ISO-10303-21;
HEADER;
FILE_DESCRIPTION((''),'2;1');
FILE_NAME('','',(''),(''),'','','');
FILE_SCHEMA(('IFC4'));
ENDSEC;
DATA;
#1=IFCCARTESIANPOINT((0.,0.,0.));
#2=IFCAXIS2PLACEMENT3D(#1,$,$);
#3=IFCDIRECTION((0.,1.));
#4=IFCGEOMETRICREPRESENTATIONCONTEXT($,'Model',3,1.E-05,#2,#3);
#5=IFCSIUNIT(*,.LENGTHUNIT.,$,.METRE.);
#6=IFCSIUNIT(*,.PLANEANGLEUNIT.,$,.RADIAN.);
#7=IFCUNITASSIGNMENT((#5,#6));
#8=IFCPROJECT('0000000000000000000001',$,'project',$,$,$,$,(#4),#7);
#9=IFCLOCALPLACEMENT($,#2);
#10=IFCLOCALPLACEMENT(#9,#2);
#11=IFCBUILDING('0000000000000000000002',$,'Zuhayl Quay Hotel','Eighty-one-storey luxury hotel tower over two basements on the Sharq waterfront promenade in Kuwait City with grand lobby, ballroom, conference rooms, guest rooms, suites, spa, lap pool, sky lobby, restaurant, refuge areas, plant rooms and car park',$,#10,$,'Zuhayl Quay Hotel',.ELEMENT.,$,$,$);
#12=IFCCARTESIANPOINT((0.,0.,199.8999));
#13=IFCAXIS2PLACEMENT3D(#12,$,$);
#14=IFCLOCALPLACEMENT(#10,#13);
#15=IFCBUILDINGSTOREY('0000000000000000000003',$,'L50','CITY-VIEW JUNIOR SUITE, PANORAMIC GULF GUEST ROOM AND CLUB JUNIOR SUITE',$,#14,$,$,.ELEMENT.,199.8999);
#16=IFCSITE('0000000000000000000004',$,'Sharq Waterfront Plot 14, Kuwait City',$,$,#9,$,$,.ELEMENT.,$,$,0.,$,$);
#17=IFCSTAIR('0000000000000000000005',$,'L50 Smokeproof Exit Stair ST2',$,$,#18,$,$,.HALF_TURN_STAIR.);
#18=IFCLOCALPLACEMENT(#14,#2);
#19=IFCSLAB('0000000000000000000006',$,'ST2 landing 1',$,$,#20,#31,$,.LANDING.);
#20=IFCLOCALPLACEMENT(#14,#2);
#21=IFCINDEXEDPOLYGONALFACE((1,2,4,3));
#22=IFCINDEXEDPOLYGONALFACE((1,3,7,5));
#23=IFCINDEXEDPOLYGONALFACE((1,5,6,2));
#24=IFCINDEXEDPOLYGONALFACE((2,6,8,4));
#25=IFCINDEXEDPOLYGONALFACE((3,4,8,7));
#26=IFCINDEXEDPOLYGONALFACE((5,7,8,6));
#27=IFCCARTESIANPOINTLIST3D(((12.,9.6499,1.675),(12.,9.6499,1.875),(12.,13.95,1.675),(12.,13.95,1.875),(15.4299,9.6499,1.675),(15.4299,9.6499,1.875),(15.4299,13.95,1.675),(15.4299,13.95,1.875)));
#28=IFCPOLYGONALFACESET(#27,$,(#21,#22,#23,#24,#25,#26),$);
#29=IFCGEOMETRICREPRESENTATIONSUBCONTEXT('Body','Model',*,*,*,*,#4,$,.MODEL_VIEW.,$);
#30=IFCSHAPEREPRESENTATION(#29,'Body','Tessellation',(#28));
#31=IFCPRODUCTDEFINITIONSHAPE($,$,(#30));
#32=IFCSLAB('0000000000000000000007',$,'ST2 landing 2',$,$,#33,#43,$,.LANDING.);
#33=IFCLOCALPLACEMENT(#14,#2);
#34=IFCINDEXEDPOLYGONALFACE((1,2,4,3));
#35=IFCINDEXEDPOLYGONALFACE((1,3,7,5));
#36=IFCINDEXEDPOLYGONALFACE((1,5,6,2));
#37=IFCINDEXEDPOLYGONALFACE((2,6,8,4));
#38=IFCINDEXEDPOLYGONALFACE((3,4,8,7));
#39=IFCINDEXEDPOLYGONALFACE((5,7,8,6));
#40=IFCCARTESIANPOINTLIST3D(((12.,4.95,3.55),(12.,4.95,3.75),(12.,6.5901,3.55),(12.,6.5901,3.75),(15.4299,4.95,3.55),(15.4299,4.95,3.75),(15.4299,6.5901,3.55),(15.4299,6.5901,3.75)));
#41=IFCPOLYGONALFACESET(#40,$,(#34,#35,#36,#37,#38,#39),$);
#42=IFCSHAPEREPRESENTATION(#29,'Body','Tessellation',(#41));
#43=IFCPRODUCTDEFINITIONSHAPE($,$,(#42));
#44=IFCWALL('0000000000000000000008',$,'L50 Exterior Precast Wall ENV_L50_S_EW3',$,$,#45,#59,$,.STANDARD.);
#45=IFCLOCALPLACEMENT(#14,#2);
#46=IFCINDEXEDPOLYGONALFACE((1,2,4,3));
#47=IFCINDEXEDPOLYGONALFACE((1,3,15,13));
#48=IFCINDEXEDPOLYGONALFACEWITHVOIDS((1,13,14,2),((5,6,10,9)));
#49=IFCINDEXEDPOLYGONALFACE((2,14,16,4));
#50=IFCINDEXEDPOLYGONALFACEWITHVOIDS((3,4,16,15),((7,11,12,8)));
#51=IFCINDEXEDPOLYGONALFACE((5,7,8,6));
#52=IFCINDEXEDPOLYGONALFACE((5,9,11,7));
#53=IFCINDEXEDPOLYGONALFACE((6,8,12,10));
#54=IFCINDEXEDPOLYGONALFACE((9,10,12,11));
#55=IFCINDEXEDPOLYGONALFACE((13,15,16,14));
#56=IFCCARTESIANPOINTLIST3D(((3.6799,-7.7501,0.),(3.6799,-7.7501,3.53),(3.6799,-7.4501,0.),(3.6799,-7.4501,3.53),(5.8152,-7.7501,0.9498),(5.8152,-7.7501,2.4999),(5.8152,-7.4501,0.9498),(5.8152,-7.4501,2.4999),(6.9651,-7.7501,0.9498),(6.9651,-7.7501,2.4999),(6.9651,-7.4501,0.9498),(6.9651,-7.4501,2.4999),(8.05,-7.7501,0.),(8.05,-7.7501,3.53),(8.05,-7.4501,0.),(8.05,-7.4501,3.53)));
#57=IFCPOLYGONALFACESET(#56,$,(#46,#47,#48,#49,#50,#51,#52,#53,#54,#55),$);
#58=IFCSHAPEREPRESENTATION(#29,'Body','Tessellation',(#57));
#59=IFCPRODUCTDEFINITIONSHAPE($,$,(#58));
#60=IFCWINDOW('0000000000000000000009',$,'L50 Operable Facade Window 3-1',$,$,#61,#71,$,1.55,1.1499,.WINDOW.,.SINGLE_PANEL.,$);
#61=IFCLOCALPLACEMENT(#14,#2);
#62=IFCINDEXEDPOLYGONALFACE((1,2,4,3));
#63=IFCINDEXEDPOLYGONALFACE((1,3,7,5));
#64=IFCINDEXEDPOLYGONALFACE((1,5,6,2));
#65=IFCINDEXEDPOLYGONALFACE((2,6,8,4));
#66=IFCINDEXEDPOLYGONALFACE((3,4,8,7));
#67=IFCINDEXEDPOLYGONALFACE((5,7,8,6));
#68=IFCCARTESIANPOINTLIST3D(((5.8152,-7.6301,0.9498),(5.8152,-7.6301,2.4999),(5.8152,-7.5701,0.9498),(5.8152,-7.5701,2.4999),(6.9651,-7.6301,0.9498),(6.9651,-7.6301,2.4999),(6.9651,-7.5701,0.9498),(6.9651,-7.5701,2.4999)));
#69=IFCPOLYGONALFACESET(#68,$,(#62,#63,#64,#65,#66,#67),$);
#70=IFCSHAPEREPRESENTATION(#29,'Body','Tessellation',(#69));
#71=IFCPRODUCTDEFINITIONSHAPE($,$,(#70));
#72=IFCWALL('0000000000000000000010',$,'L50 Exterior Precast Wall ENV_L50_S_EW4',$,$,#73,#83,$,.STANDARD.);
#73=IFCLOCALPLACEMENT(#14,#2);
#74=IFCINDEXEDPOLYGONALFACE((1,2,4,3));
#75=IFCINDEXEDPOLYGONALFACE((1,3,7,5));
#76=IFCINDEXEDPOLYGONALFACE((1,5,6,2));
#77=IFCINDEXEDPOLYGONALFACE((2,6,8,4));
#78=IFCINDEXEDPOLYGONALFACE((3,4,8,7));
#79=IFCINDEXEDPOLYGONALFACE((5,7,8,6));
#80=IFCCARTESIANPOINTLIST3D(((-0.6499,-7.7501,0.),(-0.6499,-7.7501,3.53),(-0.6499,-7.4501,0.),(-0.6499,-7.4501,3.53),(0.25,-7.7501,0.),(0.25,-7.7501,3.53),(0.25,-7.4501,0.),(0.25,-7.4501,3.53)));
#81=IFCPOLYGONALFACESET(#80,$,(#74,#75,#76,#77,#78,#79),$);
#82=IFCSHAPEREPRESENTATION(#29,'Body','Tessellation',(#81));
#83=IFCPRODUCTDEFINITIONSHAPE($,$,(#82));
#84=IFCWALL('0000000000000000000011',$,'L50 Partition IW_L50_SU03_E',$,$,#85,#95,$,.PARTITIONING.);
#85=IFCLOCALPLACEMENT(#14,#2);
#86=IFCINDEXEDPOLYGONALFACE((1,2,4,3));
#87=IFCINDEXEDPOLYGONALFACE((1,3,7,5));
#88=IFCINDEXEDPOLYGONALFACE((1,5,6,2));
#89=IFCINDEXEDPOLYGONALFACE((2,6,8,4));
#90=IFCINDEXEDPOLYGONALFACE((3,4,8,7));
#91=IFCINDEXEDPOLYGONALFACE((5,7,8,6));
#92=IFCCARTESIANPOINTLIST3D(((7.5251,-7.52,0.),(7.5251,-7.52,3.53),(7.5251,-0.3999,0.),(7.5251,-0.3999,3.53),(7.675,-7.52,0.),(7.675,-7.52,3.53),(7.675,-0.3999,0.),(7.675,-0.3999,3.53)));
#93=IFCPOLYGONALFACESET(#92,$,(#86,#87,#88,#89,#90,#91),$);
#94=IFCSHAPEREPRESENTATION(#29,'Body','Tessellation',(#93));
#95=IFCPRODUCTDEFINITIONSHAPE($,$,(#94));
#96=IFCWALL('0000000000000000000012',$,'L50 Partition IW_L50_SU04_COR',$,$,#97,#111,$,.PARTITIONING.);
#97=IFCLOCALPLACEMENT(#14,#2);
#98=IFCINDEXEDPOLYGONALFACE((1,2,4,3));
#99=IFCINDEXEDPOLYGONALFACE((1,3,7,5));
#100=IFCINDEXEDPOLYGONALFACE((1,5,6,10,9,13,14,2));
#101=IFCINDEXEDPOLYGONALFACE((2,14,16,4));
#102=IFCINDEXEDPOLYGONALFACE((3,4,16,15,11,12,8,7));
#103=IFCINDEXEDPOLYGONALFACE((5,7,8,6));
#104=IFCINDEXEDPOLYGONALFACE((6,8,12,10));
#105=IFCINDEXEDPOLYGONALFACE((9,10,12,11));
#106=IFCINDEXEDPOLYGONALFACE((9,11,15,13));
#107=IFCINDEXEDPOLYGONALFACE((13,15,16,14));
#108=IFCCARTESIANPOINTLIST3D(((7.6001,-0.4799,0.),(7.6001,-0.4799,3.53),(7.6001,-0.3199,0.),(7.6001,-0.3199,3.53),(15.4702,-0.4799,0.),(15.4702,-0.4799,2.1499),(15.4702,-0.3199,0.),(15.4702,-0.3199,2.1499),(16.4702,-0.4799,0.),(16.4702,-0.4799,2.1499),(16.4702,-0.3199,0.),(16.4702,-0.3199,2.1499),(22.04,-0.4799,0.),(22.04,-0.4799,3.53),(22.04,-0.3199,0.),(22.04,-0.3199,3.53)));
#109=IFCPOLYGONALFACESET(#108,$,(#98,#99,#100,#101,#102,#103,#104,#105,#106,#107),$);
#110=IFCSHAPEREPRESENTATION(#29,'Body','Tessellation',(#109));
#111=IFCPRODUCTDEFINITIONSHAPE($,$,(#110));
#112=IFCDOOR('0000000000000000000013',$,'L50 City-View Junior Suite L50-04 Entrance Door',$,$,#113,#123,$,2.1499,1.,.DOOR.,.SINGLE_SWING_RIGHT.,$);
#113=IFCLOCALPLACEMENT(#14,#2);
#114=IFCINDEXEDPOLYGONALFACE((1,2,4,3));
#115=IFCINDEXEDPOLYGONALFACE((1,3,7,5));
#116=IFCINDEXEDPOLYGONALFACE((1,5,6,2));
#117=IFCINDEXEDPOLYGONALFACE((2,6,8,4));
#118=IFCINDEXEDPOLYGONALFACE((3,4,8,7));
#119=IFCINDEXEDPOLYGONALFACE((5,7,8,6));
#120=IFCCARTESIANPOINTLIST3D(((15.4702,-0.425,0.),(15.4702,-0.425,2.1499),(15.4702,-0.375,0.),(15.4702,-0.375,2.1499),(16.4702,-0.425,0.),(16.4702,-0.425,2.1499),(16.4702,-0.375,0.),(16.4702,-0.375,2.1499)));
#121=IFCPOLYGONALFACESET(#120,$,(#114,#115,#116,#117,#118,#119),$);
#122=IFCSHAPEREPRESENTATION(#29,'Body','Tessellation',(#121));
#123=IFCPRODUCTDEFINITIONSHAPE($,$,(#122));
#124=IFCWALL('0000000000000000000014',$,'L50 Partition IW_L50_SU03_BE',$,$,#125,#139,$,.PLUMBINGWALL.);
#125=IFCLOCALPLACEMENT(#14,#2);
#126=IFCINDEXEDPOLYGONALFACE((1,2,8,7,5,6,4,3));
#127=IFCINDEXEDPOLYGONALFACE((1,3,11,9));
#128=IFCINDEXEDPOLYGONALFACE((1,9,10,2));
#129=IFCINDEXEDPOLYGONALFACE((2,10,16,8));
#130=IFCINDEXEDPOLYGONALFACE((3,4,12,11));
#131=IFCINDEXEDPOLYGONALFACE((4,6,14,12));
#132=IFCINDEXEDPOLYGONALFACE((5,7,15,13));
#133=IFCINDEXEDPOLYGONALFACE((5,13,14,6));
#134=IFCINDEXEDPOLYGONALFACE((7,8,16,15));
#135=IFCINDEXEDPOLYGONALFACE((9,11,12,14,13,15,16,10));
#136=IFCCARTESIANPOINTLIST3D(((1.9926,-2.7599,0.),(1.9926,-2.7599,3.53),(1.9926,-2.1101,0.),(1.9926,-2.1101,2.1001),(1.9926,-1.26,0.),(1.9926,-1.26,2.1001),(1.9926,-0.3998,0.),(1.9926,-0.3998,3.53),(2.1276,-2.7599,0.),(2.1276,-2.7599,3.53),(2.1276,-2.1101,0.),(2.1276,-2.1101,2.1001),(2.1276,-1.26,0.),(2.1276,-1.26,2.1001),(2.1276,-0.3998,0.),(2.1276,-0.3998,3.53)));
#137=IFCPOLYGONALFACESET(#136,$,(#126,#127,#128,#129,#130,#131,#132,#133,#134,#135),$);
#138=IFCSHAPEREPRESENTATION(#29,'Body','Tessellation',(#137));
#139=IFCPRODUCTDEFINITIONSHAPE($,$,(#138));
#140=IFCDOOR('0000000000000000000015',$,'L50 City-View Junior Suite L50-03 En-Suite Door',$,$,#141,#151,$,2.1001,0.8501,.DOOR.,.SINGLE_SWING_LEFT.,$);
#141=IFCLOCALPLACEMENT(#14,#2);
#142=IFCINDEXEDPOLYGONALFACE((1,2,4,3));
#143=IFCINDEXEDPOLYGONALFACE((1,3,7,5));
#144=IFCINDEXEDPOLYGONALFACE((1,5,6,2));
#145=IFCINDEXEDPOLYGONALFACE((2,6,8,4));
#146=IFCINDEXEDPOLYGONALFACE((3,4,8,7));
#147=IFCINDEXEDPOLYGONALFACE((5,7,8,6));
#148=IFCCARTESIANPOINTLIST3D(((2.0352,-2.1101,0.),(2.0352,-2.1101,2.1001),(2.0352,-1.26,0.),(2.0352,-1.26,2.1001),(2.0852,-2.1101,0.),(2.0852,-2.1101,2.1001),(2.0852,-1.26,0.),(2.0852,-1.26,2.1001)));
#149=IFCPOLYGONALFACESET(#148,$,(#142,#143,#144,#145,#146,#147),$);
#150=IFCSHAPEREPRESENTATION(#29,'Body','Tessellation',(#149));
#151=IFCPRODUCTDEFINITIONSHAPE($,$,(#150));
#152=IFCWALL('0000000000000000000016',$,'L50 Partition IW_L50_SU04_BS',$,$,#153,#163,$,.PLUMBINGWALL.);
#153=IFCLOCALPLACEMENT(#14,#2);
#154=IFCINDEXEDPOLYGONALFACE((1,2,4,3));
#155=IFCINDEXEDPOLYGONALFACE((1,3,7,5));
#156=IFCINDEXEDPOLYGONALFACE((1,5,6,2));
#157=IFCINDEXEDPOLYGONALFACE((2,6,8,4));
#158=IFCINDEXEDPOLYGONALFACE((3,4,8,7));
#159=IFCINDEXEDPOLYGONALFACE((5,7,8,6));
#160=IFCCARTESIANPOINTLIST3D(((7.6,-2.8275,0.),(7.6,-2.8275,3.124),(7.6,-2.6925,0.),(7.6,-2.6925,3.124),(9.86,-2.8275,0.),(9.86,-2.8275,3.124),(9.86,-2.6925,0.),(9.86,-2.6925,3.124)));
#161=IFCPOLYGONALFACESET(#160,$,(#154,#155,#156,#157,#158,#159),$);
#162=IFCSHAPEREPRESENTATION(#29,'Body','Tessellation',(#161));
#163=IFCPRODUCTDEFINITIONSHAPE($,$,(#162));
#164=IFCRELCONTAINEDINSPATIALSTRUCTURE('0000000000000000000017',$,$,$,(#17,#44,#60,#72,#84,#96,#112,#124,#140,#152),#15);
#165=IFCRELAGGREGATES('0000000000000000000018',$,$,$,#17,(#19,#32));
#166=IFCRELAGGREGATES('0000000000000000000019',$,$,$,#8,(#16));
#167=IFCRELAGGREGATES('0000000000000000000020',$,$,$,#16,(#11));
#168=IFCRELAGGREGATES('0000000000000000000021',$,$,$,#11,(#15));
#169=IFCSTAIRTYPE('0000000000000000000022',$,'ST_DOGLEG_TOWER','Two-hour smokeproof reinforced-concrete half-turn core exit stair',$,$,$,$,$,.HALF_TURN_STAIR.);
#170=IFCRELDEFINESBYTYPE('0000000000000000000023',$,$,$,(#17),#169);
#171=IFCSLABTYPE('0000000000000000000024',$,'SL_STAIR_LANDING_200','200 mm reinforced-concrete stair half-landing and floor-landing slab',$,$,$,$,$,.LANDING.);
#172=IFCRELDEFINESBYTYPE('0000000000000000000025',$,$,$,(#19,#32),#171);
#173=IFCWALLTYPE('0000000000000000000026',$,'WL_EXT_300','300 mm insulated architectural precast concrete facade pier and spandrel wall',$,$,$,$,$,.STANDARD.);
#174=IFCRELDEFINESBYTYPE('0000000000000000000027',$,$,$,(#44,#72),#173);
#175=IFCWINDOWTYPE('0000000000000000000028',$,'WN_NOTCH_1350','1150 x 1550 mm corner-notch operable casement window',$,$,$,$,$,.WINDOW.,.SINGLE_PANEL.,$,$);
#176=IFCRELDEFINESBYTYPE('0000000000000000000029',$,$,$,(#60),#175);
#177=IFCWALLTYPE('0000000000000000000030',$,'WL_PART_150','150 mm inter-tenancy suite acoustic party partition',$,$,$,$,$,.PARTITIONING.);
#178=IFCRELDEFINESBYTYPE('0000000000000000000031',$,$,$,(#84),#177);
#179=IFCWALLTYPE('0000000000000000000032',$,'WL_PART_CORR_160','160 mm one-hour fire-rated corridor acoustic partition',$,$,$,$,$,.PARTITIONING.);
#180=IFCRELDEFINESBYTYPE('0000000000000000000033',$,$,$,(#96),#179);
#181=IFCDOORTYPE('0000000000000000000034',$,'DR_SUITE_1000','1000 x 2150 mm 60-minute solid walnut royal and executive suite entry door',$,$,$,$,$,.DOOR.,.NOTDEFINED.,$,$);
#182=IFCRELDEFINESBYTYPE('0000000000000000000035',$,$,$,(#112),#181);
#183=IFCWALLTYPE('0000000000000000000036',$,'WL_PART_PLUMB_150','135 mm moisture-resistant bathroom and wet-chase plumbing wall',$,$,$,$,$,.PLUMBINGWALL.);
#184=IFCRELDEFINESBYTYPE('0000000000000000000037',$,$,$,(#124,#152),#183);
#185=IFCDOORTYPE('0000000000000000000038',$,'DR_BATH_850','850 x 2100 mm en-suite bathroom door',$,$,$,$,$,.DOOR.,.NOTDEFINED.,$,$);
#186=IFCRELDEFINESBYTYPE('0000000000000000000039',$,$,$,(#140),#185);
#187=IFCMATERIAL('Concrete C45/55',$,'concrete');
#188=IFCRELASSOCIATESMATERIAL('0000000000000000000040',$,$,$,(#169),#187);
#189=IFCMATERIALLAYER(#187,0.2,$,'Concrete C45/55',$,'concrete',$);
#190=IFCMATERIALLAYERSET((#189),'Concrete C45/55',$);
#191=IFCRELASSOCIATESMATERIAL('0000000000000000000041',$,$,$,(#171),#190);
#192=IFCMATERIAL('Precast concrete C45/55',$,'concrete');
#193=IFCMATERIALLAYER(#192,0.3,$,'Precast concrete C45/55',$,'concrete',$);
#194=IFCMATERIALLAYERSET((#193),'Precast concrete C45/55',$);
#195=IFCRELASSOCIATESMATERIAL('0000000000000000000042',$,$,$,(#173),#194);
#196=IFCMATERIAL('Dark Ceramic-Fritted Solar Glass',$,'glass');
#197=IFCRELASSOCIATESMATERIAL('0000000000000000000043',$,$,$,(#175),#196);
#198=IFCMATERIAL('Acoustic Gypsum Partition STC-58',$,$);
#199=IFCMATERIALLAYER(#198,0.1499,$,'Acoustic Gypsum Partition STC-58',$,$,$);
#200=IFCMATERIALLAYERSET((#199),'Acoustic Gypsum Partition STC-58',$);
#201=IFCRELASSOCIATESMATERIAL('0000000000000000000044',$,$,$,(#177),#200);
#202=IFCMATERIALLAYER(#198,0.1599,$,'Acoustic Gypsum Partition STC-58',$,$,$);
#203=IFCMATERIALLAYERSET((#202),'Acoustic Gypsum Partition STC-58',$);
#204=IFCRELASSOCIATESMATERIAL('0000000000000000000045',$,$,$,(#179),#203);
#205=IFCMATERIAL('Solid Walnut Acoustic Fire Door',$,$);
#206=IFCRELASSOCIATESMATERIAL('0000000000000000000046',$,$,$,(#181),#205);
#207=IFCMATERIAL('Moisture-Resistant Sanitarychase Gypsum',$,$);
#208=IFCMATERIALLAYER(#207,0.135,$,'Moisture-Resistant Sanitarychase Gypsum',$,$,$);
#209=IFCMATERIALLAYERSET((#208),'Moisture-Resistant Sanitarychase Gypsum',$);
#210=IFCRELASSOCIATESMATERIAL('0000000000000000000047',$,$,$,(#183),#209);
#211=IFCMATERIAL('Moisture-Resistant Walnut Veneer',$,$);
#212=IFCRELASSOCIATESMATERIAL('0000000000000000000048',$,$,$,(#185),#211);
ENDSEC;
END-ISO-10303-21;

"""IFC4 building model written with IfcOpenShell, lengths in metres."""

from ifc_helpers import new_model, si_unit, direction, frame, frame_2d, origin, place, context, subcontext, project, spatial, polyline, rectangle, outline, extrude, material, layer, layer_set, type_object, element, fill, aggregate, save


model = new_model("IFC4")

# Units and contexts
model_context = context("Model", 3, precision=1e-05, world=origin(), true_north=direction((0.0, 1.0)))
body_context = subcontext(model_context, "Body", "Model", "MODEL_VIEW")
ifc_project = project(units=[si_unit("LENGTHUNIT", "METRE"), si_unit("PLANEANGLEUNIT", "RADIAN")], contexts=[model_context])

# Site, building, storey
site_placement = place(None, origin())
site = spatial("IfcSite", under=ifc_project, at=site_placement, Name="Sharq Waterfront Plot 14, Kuwait City", CompositionType="ELEMENT", RefElevation=0.0)
building_placement = place(site_placement, origin())
building = spatial("IfcBuilding", under=site, at=building_placement, Name="Zuhayl Quay Hotel", Description="Eighty-one-storey luxury hotel tower over two basements on the Sharq waterfront promenade in Kuwait City with grand lobby, ballroom, conference rooms, guest rooms, suites, spa, lap pool, sky lobby, restaurant, refuge areas, plant rooms and car park", LongName="Zuhayl Quay Hotel", CompositionType="ELEMENT")
storey_placement = place(building_placement, frame((0.0, 0.0, 199.8999)))
storey = spatial("IfcBuildingStorey", under=building, at=storey_placement, Name="L50", Description="CITY-VIEW JUNIOR SUITE, PANORAMIC GULF GUEST ROOM AND CLUB JUNIOR SUITE", CompositionType="ELEMENT", Elevation=199.8999)

# Shared definitions
ifc_material_1 = material(Name="Dark Ceramic-Fritted Solar Glass", Category="glass")

# Stair, slabs
ifc_material_2 = material(Name="Concrete C45/55", Category="concrete")
stair_type = type_object("IfcStairType", Name="ST_DOGLEG_TOWER", Description="Two-hour smokeproof reinforced-concrete half-turn core exit stair", PredefinedType="HALF_TURN_STAIR", material=ifc_material_2)
stair_placement = place(storey_placement, origin())
stair = element("IfcStair", 1, at=stair_placement, inside=storey, type_object=stair_type, Name="L50 Smokeproof Exit Stair ST2", PredefinedType="HALF_TURN_STAIR")
ifc_layer_1 = layer(ifc_material_2, 0.2, Name="Concrete C45/55", Category="concrete")
ifc_layer_set_1 = layer_set([ifc_layer_1], Name="Concrete C45/55")
slab_type = type_object("IfcSlabType", Name="SL_STAIR_LANDING_200", Description="200 mm reinforced-concrete stair half-landing and floor-landing slab", PredefinedType="LANDING", material=ifc_layer_set_1)
slab_1_placement = place(storey_placement, frame((0.0, 0.0, 1.675)))
slab_1 = element("IfcSlab", 2, at=slab_1_placement, type_object=slab_type, Name="ST2 landing 1", PredefinedType="LANDING", context=body_context, shape_type="SweptSolid", body=[
    extrude(outline(polyline([(15.4299, 9.6499), (15.4299, 13.95), (12.0, 13.95), (12.0, 9.6499), (15.4299, 9.6499)])), origin(), (0.0, 0.0, 1.0), 0.2),
])
slab_2_placement = place(storey_placement, frame((0.0, 0.0, 3.55)))
slab_2 = element("IfcSlab", 3, at=slab_2_placement, type_object=slab_type, Name="ST2 landing 2", PredefinedType="LANDING", context=body_context, shape_type="SweptSolid", body=[
    extrude(outline(polyline([(15.4299, 4.95), (15.4299, 6.5901), (12.0, 6.5901), (12.0, 4.95), (15.4299, 4.95)])), origin(), (0.0, 0.0, 1.0), 0.2),
])
aggregate(stair, [slab_1, slab_2])

# Wall, opening, window
ifc_material_3 = material(Name="Precast concrete C45/55", Category="concrete")
ifc_layer_2 = layer(ifc_material_3, 0.3, Name="Precast concrete C45/55", Category="concrete")
ifc_layer_set_2 = layer_set([ifc_layer_2], Name="Precast concrete C45/55")
wall_type_1 = type_object("IfcWallType", Name="WL_EXT_300", Description="300 mm insulated architectural precast concrete facade pier and spandrel wall", PredefinedType="STANDARD", material=ifc_layer_set_2)
wall_1_placement = place(storey_placement, frame((8.05, -7.6001, 0.0), z_axis=(0.0, 0.0, 1.0), x_axis=(-1.0, 0.0, 0.0)))
wall_1 = element("IfcWall", 4, at=wall_1_placement, inside=storey, type_object=wall_type_1, Name="L50 Exterior Precast Wall ENV_L50_S_EW3", PredefinedType="STANDARD", context=body_context, shape_type="SweptSolid", body=[
    extrude(rectangle(XDim=4.3701, YDim=0.3, at=frame_2d((2.1851, 0.0))), origin(), (0.0, 0.0, 1.0), 3.53),
])
opening_1_placement = place(wall_1_placement, frame((1.085, 0.0, 0.95)))
opening_1 = element("IfcOpeningElement", 5, at=opening_1_placement, cuts=wall_1, PredefinedType="OPENING", context=body_context, shape_type="SweptSolid", body=[
    extrude(rectangle(XDim=1.1499, YDim=1.55, at=frame_2d((0.575, 0.7749))), frame((0.0, 0.1599, 0.0), z_axis=(0.0, -1.0, 0.0), x_axis=(1.0, 0.0, 0.0)), (0.0, 0.0, 1.0), 0.3201),
])
window_type = type_object("IfcWindowType", Name="WN_NOTCH_1350", Description="1150 x 1550 mm corner-notch operable casement window", PartitioningType="SINGLE_PANEL", PredefinedType="WINDOW", material=ifc_material_1)
window_placement = place(opening_1_placement, origin())
window = element("IfcWindow", 6, at=window_placement, inside=storey, type_object=window_type, Name="L50 Operable Facade Window 3-1", OverallHeight=1.55, OverallWidth=1.1499, PartitioningType="SINGLE_PANEL", PredefinedType="WINDOW", context=body_context, shape_type="SweptSolid", body=[
    extrude(rectangle(XDim=1.1499, YDim=1.55, at=frame_2d((0.575, 0.7749))), frame((0.0, 0.03, 0.0), z_axis=(0.0, -1.0, 0.0), x_axis=(1.0, 0.0, 0.0)), (0.0, 0.0, 1.0), 0.0601),
])
fill(opening_1, window)

# Walls
wall_2_placement = place(storey_placement, frame((0.25, -7.6001, 0.0), z_axis=(0.0, 0.0, 1.0), x_axis=(-1.0, 0.0, 0.0)))
element("IfcWall", 7, at=wall_2_placement, inside=storey, type_object=wall_type_1, Name="L50 Exterior Precast Wall ENV_L50_S_EW4", PredefinedType="STANDARD", context=body_context, shape_type="SweptSolid", body=[
    extrude(rectangle(XDim=0.8999, YDim=0.3, at=frame_2d((0.45, 0.0))), origin(), (0.0, 0.0, 1.0), 3.53),
])
ifc_material_4 = material(Name="Acoustic Gypsum Partition STC-58")
ifc_layer_3 = layer(ifc_material_4, 0.1499, Name="Acoustic Gypsum Partition STC-58")
ifc_layer_set_3 = layer_set([ifc_layer_3], Name="Acoustic Gypsum Partition STC-58")
wall_type_2 = type_object("IfcWallType", Name="WL_PART_150", Description="150 mm inter-tenancy suite acoustic party partition", PredefinedType="PARTITIONING", material=ifc_layer_set_3)
wall_3_placement = place(storey_placement, frame((7.6001, -7.52, 0.0), z_axis=(0.0, 0.0, 1.0), x_axis=(0.0, 1.0, 0.0)))
element("IfcWall", 8, at=wall_3_placement, inside=storey, type_object=wall_type_2, Name="L50 Partition IW_L50_SU03_E", PredefinedType="PARTITIONING", context=body_context, shape_type="SweptSolid", body=[
    extrude(rectangle(XDim=7.1201, YDim=0.1499, at=frame_2d((3.5601, 0.0))), origin(), (0.0, 0.0, 1.0), 3.53),
])

# Walls, openings, doors
ifc_layer_4 = layer(ifc_material_4, 0.1599, Name="Acoustic Gypsum Partition STC-58")
ifc_layer_set_4 = layer_set([ifc_layer_4], Name="Acoustic Gypsum Partition STC-58")
wall_type_3 = type_object("IfcWallType", Name="WL_PART_CORR_160", Description="160 mm one-hour fire-rated corridor acoustic partition", PredefinedType="PARTITIONING", material=ifc_layer_set_4)
wall_4_placement = place(storey_placement, frame((7.6001, -0.3999, 0.0), z_axis=(0.0, 0.0, 1.0), x_axis=(1.0, 0.0, 0.0)))
wall_4 = element("IfcWall", 9, at=wall_4_placement, inside=storey, type_object=wall_type_3, Name="L50 Partition IW_L50_SU04_COR", PredefinedType="PARTITIONING", context=body_context, shape_type="SweptSolid", body=[
    extrude(rectangle(XDim=14.4399, YDim=0.1599, at=frame_2d((7.22, 0.0))), origin(), (0.0, 0.0, 1.0), 3.53),
])
opening_2_placement = place(wall_4_placement, frame((7.8701, 0.0, 0.0)))
opening_2 = element("IfcOpeningElement", 10, at=opening_2_placement, cuts=wall_4, PredefinedType="OPENING", context=body_context, shape_type="SweptSolid", body=[
    extrude(rectangle(XDim=1.0, YDim=2.1499, at=frame_2d((0.5, 1.075))), frame((0.0, 0.0898, 0.0), z_axis=(0.0, -1.0, 0.0), x_axis=(1.0, 0.0, 0.0)), (0.0, 0.0, 1.0), 0.1799),
])
ifc_material_5 = material(Name="Solid Walnut Acoustic Fire Door")
door_type_1 = type_object("IfcDoorType", Name="DR_SUITE_1000", Description="1000 x 2150 mm 60-minute solid walnut royal and executive suite entry door", OperationType="NOTDEFINED", PredefinedType="DOOR", material=ifc_material_5)
door_1_placement = place(opening_2_placement, origin())
door_1 = element("IfcDoor", 11, at=door_1_placement, inside=storey, type_object=door_type_1, Name="L50 City-View Junior Suite L50-04 Entrance Door", OperationType="SINGLE_SWING_RIGHT", OverallHeight=2.1499, OverallWidth=1.0, PredefinedType="DOOR", context=body_context, shape_type="SweptSolid", body=[
    extrude(rectangle(XDim=1.0, YDim=2.1499, at=frame_2d((0.5, 1.075))), frame((0.0, 0.0249, 0.0), z_axis=(0.0, -1.0, 0.0), x_axis=(1.0, 0.0, 0.0)), (0.0, 0.0, 1.0), 0.05),
])
fill(opening_2, door_1)
ifc_material_6 = material(Name="Moisture-Resistant Sanitarychase Gypsum")
ifc_layer_5 = layer(ifc_material_6, 0.135, Name="Moisture-Resistant Sanitarychase Gypsum")
ifc_layer_set_5 = layer_set([ifc_layer_5], Name="Moisture-Resistant Sanitarychase Gypsum")
wall_type_4 = type_object("IfcWallType", Name="WL_PART_PLUMB_150", Description="135 mm moisture-resistant bathroom and wet-chase plumbing wall", PredefinedType="PLUMBINGWALL", material=ifc_layer_set_5)
wall_5_placement = place(storey_placement, frame((2.0601, -2.76, 0.0), z_axis=(0.0, 0.0, 1.0), x_axis=(0.0, 1.0, 0.0)))
wall_5 = element("IfcWall", 12, at=wall_5_placement, inside=storey, type_object=wall_type_4, Name="L50 Partition IW_L50_SU03_BE", PredefinedType="PLUMBINGWALL", context=body_context, shape_type="SweptSolid", body=[
    extrude(rectangle(XDim=2.3601, YDim=0.135, at=frame_2d((1.1802, 0.0))), origin(), (0.0, 0.0, 1.0), 3.53),
])
opening_3_placement = place(wall_5_placement, frame((0.6499, 0.0, 0.0)))
opening_3 = element("IfcOpeningElement", 13, at=opening_3_placement, cuts=wall_5, PredefinedType="OPENING", context=body_context, shape_type="SweptSolid", body=[
    extrude(rectangle(XDim=0.8501, YDim=2.1001, at=frame_2d((0.425, 1.05))), frame((0.0, 0.0774, 0.0), z_axis=(0.0, -1.0, 0.0), x_axis=(1.0, 0.0, 0.0)), (0.0, 0.0, 1.0), 0.155),
])
ifc_material_7 = material(Name="Moisture-Resistant Walnut Veneer")
door_type_2 = type_object("IfcDoorType", Name="DR_BATH_850", Description="850 x 2100 mm en-suite bathroom door", OperationType="NOTDEFINED", PredefinedType="DOOR", material=ifc_material_7)
door_2_placement = place(opening_3_placement, origin())
door_2 = element("IfcDoor", 14, at=door_2_placement, inside=storey, type_object=door_type_2, Name="L50 City-View Junior Suite L50-03 En-Suite Door", OperationType="SINGLE_SWING_LEFT", OverallHeight=2.1001, OverallWidth=0.8501, PredefinedType="DOOR", context=body_context, shape_type="SweptSolid", body=[
    extrude(rectangle(XDim=0.8501, YDim=2.1001, at=frame_2d((0.425, 1.05))), frame((0.0, 0.0249, 0.0), z_axis=(0.0, -1.0, 0.0), x_axis=(1.0, 0.0, 0.0)), (0.0, 0.0, 1.0), 0.05),
])
fill(opening_3, door_2)

# Wall
wall_6_placement = place(storey_placement, frame((7.6001, -2.76, 0.0), z_axis=(0.0, 0.0, 1.0), x_axis=(1.0, 0.0, 0.0)))
element("IfcWall", 15, at=wall_6_placement, inside=storey, type_object=wall_type_4, Name="L50 Partition IW_L50_SU04_BS", PredefinedType="PLUMBINGWALL", context=body_context, shape_type="SweptSolid", body=[
    extrude(rectangle(XDim=2.26, YDim=0.135, at=frame_2d((1.1299, 0.0))), origin(), (0.0, 0.0, 1.0), 3.124),
])

save(model, "model.ifc")
